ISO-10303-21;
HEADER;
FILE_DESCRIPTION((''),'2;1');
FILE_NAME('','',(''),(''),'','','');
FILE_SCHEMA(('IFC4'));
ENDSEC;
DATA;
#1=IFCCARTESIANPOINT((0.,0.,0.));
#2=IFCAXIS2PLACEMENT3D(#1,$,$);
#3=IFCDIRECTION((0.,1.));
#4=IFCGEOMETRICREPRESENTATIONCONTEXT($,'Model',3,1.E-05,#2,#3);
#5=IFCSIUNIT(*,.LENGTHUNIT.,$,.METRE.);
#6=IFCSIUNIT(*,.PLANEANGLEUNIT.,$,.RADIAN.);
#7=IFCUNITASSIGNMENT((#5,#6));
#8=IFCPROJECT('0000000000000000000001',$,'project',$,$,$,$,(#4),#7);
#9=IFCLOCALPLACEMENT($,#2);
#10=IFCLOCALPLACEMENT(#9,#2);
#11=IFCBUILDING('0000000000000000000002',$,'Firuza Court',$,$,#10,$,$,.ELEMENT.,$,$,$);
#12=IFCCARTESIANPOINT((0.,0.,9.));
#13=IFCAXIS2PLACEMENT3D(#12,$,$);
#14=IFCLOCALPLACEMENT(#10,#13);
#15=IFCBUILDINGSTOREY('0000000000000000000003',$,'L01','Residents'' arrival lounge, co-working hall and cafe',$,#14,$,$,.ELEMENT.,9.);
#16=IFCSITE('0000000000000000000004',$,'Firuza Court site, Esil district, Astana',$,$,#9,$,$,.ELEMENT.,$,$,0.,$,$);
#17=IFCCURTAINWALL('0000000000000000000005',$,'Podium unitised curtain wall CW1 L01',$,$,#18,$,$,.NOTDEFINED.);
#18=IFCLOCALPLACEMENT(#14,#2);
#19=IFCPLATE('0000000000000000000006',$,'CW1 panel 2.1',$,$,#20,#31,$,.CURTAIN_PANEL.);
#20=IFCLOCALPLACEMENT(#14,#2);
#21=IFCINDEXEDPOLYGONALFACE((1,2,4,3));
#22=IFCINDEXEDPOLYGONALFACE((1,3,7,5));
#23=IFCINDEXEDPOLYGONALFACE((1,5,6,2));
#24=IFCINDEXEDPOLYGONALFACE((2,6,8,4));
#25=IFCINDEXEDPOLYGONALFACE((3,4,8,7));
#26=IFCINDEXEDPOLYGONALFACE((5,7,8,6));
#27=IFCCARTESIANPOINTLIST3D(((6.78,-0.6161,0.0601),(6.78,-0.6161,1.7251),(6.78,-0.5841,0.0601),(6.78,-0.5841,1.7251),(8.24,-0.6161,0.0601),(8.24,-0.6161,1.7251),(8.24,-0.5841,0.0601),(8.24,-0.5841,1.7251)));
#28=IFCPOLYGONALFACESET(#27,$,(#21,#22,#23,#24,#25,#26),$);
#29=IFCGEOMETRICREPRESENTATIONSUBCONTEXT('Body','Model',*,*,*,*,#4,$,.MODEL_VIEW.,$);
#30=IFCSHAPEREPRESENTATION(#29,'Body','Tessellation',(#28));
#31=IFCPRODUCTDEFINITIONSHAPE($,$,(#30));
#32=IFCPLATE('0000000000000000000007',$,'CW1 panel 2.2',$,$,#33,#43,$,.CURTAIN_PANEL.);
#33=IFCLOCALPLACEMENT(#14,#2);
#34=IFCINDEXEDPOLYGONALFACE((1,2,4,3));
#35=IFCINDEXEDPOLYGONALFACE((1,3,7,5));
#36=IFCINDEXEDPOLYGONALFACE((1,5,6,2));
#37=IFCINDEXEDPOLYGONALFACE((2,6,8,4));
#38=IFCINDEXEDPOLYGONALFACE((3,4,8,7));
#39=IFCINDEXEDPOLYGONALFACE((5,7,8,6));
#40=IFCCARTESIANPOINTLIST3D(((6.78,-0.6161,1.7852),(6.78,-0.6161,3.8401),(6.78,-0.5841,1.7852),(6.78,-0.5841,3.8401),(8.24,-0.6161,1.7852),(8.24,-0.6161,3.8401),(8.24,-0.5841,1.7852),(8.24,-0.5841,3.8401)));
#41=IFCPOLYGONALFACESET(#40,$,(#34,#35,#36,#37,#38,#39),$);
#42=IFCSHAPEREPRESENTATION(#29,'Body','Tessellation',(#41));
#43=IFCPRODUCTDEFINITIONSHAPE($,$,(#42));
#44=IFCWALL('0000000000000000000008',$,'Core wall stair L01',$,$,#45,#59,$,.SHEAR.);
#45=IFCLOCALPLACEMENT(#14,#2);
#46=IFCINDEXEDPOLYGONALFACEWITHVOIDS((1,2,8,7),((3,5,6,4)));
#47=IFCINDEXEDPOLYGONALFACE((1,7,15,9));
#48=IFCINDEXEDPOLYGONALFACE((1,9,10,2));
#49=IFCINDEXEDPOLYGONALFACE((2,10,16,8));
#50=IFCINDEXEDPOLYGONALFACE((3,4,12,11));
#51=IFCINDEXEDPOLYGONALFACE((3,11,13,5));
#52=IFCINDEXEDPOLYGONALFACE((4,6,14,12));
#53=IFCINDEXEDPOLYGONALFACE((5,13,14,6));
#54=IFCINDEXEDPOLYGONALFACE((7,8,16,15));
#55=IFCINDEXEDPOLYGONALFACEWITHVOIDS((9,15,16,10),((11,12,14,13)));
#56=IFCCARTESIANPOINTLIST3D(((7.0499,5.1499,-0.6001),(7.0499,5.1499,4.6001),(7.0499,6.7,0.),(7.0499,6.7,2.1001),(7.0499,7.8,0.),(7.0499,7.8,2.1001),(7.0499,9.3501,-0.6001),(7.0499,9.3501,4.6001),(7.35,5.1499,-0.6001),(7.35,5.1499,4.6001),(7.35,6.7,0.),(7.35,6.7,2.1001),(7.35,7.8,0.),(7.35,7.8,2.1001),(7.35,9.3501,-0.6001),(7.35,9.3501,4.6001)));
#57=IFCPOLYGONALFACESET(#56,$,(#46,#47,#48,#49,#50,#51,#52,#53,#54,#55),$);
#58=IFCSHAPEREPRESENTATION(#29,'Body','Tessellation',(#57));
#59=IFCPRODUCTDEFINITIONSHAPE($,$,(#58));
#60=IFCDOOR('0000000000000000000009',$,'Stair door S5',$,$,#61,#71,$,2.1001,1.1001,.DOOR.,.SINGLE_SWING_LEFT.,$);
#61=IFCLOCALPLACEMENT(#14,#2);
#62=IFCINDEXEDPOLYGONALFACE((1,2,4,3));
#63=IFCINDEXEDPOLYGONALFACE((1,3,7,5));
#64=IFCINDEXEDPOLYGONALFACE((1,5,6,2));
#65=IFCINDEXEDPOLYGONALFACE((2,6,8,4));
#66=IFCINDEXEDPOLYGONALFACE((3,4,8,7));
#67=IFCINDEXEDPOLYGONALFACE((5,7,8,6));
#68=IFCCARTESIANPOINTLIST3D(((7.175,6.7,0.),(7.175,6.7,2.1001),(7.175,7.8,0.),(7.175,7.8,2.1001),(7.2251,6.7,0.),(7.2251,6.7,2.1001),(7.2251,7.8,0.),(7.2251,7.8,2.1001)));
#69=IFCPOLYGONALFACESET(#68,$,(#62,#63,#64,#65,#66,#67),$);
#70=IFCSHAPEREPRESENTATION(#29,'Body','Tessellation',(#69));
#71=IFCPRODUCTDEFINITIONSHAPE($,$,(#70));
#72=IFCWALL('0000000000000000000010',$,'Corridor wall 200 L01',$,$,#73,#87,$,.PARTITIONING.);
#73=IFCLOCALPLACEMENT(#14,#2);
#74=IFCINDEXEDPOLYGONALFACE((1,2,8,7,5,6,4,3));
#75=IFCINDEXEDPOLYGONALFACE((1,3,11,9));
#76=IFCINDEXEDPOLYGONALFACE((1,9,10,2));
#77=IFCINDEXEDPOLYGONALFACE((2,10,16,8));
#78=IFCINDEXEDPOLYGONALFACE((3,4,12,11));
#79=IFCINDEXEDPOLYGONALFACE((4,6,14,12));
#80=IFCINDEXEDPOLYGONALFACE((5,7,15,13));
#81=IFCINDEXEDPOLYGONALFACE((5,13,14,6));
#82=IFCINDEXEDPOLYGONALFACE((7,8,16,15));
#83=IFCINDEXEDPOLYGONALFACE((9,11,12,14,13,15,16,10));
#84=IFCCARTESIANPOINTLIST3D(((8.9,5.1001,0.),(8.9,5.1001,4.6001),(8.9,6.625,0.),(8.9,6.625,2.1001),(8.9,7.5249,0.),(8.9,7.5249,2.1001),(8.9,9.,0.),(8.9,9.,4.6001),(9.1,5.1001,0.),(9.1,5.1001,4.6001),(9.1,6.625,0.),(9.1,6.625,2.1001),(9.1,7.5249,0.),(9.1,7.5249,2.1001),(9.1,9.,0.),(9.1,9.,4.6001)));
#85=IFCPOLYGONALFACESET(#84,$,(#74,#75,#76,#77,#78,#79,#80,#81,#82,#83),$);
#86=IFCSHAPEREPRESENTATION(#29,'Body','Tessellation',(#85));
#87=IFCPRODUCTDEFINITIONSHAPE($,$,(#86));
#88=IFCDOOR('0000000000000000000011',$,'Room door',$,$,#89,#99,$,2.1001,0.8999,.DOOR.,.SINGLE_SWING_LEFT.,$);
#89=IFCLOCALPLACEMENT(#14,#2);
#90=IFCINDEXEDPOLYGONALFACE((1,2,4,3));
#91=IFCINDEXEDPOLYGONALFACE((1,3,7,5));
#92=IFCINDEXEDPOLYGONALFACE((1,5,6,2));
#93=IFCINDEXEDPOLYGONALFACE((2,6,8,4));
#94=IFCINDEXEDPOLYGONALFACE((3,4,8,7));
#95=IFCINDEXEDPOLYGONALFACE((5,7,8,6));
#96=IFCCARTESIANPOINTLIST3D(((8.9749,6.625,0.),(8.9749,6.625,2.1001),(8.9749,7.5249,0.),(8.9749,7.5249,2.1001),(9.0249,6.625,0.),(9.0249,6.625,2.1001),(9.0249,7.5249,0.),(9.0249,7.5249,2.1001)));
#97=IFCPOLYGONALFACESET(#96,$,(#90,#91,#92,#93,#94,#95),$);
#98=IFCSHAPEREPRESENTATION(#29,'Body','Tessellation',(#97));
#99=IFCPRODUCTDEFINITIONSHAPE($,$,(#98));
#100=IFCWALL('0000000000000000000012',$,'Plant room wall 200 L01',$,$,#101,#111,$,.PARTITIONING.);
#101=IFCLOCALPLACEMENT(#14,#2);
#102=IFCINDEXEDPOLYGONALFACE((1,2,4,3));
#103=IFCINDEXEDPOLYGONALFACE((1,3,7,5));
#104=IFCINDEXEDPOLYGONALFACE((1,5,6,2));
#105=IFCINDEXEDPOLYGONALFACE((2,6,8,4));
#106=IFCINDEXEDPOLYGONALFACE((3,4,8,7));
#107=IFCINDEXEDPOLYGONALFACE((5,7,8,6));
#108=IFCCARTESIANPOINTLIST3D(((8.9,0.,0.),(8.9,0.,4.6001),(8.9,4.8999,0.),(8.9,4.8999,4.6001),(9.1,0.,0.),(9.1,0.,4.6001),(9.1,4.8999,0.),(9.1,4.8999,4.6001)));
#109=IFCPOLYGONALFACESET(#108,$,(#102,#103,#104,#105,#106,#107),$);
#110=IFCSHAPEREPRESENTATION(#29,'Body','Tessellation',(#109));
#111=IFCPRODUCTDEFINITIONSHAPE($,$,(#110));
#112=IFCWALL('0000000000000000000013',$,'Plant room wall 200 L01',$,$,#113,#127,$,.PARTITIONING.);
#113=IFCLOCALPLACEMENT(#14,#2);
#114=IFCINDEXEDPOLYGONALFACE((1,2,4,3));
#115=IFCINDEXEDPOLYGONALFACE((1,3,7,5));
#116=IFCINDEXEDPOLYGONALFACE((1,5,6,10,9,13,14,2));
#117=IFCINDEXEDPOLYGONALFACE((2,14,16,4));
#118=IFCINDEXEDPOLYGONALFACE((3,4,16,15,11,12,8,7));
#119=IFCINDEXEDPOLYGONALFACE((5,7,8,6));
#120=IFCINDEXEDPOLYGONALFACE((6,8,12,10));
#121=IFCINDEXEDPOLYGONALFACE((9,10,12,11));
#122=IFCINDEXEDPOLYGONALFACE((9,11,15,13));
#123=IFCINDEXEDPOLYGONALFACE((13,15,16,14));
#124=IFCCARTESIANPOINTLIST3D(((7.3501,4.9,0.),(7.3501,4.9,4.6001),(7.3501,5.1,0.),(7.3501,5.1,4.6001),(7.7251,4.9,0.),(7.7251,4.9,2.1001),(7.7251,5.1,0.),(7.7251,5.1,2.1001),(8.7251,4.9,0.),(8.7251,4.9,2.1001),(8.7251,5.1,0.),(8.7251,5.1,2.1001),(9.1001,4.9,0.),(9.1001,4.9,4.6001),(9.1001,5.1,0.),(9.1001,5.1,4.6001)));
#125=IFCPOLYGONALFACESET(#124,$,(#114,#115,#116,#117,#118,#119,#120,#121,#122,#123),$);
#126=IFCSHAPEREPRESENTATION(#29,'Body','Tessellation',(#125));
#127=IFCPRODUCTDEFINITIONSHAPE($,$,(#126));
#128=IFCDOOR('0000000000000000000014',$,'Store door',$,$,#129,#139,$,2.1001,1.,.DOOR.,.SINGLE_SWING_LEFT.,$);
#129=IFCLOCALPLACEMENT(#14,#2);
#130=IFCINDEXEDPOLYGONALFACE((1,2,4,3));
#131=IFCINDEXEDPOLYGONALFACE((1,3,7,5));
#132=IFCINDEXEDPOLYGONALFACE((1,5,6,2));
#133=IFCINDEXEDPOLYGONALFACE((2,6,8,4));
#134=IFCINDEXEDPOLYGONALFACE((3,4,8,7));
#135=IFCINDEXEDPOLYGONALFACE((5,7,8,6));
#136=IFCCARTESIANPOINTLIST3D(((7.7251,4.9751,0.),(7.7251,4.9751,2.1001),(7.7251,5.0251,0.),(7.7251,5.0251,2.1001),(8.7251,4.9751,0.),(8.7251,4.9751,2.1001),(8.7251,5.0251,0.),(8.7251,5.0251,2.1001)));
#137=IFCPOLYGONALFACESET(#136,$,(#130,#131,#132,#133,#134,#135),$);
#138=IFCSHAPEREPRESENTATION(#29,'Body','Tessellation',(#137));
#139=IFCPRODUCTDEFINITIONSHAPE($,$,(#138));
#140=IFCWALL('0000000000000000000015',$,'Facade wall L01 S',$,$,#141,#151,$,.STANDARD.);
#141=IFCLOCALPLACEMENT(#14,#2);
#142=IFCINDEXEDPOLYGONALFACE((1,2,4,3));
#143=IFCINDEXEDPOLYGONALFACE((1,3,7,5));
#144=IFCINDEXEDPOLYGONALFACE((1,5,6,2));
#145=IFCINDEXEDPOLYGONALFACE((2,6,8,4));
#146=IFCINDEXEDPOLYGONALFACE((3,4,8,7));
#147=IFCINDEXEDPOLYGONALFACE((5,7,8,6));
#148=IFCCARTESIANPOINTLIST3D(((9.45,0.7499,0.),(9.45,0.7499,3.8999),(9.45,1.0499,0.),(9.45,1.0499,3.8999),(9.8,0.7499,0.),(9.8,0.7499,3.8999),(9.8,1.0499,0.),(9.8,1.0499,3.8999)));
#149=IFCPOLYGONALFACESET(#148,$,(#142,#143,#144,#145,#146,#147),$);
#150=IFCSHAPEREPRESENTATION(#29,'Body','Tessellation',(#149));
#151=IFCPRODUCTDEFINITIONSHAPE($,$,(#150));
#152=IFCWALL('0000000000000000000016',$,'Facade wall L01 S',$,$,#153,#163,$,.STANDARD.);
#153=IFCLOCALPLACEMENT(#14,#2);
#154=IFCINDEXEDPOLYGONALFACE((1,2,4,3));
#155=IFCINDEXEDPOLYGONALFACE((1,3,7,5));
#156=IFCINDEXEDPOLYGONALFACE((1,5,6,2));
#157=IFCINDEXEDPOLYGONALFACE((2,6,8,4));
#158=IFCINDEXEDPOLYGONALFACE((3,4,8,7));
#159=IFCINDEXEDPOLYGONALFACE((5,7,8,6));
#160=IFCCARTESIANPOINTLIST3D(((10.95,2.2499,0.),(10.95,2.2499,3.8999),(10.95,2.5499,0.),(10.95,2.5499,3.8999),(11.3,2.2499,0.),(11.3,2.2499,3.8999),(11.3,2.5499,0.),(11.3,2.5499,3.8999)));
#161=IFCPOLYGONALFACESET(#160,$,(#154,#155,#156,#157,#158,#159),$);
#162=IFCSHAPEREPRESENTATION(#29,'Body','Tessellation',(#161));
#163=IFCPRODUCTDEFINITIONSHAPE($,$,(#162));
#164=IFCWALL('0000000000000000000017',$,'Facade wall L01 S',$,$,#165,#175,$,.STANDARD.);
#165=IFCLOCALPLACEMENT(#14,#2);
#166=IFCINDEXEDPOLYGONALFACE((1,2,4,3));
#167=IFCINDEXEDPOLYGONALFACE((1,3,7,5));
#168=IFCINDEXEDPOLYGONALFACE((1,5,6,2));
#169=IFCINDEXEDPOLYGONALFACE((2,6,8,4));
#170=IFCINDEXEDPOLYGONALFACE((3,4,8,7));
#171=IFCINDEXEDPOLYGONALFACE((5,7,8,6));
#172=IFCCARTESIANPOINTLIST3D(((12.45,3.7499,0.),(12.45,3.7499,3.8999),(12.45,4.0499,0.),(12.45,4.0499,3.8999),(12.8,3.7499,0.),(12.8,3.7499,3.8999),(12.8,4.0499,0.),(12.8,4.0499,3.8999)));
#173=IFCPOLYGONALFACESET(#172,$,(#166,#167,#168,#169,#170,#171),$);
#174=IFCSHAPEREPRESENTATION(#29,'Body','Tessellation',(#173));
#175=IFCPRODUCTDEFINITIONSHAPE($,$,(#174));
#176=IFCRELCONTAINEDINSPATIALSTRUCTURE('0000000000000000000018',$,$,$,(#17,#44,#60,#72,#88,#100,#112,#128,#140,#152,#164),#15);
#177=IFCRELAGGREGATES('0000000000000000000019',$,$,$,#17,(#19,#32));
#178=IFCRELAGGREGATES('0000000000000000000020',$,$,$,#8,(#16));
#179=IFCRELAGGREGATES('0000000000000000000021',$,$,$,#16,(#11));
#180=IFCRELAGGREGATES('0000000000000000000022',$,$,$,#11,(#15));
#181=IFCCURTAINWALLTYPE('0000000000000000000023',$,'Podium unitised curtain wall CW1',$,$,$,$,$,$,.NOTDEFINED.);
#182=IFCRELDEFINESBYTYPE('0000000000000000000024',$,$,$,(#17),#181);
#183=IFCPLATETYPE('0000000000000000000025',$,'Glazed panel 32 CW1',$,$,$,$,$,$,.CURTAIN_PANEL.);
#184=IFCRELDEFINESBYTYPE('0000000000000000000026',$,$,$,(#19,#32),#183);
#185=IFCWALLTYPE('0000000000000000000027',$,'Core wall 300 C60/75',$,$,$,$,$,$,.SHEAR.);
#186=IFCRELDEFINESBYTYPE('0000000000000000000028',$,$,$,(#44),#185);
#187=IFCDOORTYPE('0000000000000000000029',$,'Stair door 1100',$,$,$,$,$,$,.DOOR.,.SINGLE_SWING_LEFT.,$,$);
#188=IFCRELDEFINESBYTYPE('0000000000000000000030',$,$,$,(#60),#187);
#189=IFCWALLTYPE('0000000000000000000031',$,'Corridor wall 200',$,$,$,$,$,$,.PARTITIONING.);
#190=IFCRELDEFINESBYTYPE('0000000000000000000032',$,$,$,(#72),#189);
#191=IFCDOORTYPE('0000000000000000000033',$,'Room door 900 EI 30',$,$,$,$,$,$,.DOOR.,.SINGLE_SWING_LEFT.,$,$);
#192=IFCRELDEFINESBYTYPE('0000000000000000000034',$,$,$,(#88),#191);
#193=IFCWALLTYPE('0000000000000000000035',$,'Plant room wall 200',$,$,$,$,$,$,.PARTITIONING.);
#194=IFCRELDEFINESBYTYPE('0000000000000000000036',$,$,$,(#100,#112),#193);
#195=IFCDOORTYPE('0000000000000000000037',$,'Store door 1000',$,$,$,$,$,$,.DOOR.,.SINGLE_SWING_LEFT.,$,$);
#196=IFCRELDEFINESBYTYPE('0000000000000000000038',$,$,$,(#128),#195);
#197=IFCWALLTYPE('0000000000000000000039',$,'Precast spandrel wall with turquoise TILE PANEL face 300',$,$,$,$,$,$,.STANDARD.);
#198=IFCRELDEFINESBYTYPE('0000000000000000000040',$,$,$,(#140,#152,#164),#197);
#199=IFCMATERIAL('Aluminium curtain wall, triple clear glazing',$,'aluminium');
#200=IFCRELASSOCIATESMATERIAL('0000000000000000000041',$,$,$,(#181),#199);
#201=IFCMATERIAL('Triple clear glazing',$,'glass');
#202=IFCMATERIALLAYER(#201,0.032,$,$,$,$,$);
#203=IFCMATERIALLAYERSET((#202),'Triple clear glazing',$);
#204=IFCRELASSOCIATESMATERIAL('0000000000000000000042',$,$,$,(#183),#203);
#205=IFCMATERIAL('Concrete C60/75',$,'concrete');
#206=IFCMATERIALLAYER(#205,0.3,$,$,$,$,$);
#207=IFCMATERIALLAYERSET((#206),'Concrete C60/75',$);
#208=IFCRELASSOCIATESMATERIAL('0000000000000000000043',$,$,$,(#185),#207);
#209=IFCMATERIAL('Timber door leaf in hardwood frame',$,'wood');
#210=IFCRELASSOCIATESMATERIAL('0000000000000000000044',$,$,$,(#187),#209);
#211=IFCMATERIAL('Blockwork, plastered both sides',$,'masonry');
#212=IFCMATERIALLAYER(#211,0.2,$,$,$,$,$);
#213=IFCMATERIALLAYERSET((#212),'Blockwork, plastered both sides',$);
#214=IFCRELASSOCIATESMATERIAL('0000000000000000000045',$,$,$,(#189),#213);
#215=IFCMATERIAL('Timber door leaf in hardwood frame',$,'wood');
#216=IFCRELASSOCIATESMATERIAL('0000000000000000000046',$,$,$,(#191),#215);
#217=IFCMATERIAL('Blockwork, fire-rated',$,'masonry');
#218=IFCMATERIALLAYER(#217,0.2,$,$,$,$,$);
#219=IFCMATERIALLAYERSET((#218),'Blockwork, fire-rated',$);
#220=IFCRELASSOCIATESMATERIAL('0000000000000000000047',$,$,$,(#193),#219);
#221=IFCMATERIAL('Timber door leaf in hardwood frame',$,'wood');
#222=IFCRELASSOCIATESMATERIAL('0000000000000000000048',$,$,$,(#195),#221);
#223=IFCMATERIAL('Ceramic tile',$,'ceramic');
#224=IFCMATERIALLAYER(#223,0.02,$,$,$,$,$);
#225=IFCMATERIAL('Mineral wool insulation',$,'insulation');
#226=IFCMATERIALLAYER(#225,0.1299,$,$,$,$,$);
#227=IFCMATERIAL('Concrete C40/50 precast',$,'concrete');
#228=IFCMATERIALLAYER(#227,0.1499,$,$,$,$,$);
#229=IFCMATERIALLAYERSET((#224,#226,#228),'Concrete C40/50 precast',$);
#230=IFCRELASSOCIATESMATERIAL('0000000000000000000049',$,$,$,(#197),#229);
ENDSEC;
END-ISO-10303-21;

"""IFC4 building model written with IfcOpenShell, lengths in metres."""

from ifc_helpers import new_model, si_unit, direction, frame, frame_2d, origin, origin_2d, place, context, subcontext, project, spatial, rectangle, extrude, material, layer, layer_set, type_object, element, fill, aggregate, save


model = new_model("IFC4")

# Units and contexts
model_context = context("Model", 3, precision=1e-05, world=origin(), true_north=direction((0.0, 1.0)))
body_context = subcontext(model_context, "Body", "Model", "MODEL_VIEW")
ifc_project = project(units=[si_unit("LENGTHUNIT", "METRE"), si_unit("PLANEANGLEUNIT", "RADIAN")], contexts=[model_context])

# Site, building, storey
site_placement = place(None, origin())
site = spatial("IfcSite", under=ifc_project, at=site_placement, Name="Firuza Court site, Esil district, Astana", CompositionType="ELEMENT", RefElevation=0.0)
building_placement = place(site_placement, origin())
building = spatial("IfcBuilding", under=site, at=building_placement, Name="Firuza Court", CompositionType="ELEMENT")
storey_placement = place(building_placement, frame((0.0, 0.0, 9.0)))
storey = spatial("IfcBuildingStorey", under=building, at=storey_placement, Name="L01", Description="Residents' arrival lounge, co-working hall and cafe", CompositionType="ELEMENT", Elevation=9.0)

# Curtain wall
ifc_material_1 = material(Name="Aluminium curtain wall, triple clear glazing", Category="aluminium")
curtain_wall_type = type_object("IfcCurtainWallType", Name="Podium unitised curtain wall CW1", PredefinedType="NOTDEFINED", material=ifc_material_1)
curtain_wall_placement = place(storey_placement, origin())
curtain_wall = element("IfcCurtainWall", 1, at=curtain_wall_placement, inside=storey, type_object=curtain_wall_type, Name="Podium unitised curtain wall CW1 L01", PredefinedType="NOTDEFINED")

# Plates
ifc_material_2 = material(Name="Triple clear glazing", Category="glass")
ifc_layer_1 = layer(ifc_material_2, 0.032)
ifc_layer_set_1 = layer_set([ifc_layer_1], Name="Triple clear glazing")
plate_type = type_object("IfcPlateType", Name="Glazed panel 32 CW1", PredefinedType="CURTAIN_PANEL", material=ifc_layer_set_1)
plate_1_placement = place(storey_placement, frame((7.51, -0.6001, 0.0601), z_axis=(0.0, 0.0, 1.0), x_axis=(1.0, 0.0, 0.0)))
plate_1 = element("IfcPlate", 2, at=plate_1_placement, type_object=plate_type, Name="CW1 panel 2.1", PredefinedType="CURTAIN_PANEL", context=body_context, shape_type="SweptSolid", body=[
    extrude(rectangle(XDim=1.46, YDim=0.032, at=origin_2d()), origin(), (0.0, 0.0, 1.0), 1.665),
])
plate_2_placement = place(storey_placement, frame((7.51, -0.6001, 1.7852), z_axis=(0.0, 0.0, 1.0), x_axis=(1.0, 0.0, 0.0)))
plate_2 = element("IfcPlate", 3, at=plate_2_placement, type_object=plate_type, Name="CW1 panel 2.2", PredefinedType="CURTAIN_PANEL", context=body_context, shape_type="SweptSolid", body=[
    extrude(rectangle(XDim=1.46, YDim=0.032, at=origin_2d()), origin(), (0.0, 0.0, 1.0), 2.0549),
])
aggregate(curtain_wall, [plate_1, plate_2])

# Walls, openings, doors
ifc_material_3 = material(Name="Concrete C60/75", Category="concrete")
ifc_layer_2 = layer(ifc_material_3, 0.3)
ifc_layer_set_2 = layer_set([ifc_layer_2], Name="Concrete C60/75")
wall_type_1 = type_object("IfcWallType", Name="Core wall 300 C60/75", PredefinedType="SHEAR", material=ifc_layer_set_2)
wall_1_placement = place(storey_placement, frame((7.2, 5.1499, -0.6001), z_axis=(0.0, 0.0, 1.0), x_axis=(0.0, 1.0, 0.0)))
wall_1 = element("IfcWall", 4, at=wall_1_placement, inside=storey, type_object=wall_type_1, Name="Core wall stair L01", PredefinedType="SHEAR", context=body_context, shape_type="SweptSolid", body=[
    extrude(rectangle(XDim=4.2002, YDim=0.3, at=frame_2d((2.1001, 0.0))), origin(), (0.0, 0.0, 1.0), 5.2002),
])
opening_1_placement = place(wall_1_placement, frame((1.55, 0.0, 0.6001)))
opening_1 = element("IfcOpeningElement", 5, at=opening_1_placement, cuts=wall_1, PredefinedType="OPENING", context=body_context, shape_type="SweptSolid", body=[
    extrude(rectangle(XDim=1.1001, YDim=2.1001, at=frame_2d((0.55, 1.05))), frame((0.0, 0.1621, 0.0), z_axis=(0.0, -1.0, 0.0), x_axis=(1.0, 0.0, 0.0)), (0.0, 0.0, 1.0), 0.324),
])
ifc_material_4 = material(Name="Timber door leaf in hardwood frame", Category="wood")
door_type_1 = type_object("IfcDoorType", Name="Stair door 1100", OperationType="SINGLE_SWING_LEFT", PredefinedType="DOOR", material=ifc_material_4)
door_1_placement = place(opening_1_placement, origin())
door_1 = element("IfcDoor", 6, at=door_1_placement, inside=storey, type_object=door_type_1, Name="Stair door S5", OperationType="SINGLE_SWING_LEFT", OverallHeight=2.1001, OverallWidth=1.1001, PredefinedType="DOOR", context=body_context, shape_type="SweptSolid", body=[
    extrude(rectangle(XDim=1.1001, YDim=2.1001, at=frame_2d((0.55, 1.05))), frame((0.0, 0.0249, 0.0), z_axis=(0.0, -1.0, 0.0), x_axis=(1.0, 0.0, 0.0)), (0.0, 0.0, 1.0), 0.05),
])
fill(opening_1, door_1)
ifc_material_5 = material(Name="Blockwork, plastered both sides", Category="masonry")
ifc_layer_3 = layer(ifc_material_5, 0.2)
ifc_layer_set_3 = layer_set([ifc_layer_3], Name="Blockwork, plastered both sides")
wall_type_2 = type_object("IfcWallType", Name="Corridor wall 200", PredefinedType="PARTITIONING", material=ifc_layer_set_3)
wall_2_placement = place(storey_placement, frame((9.0, 5.1001, 0.0), z_axis=(0.0, 0.0, 1.0), x_axis=(0.0, 1.0, 0.0)))
wall_2 = element("IfcWall", 7, at=wall_2_placement, inside=storey, type_object=wall_type_2, Name="Corridor wall 200 L01", PredefinedType="PARTITIONING", context=body_context, shape_type="SweptSolid", body=[
    extrude(rectangle(XDim=3.8999, YDim=0.2, at=frame_2d((1.95, 0.0))), origin(), (0.0, 0.0, 1.0), 4.6001),
])
opening_2_placement = place(wall_2_placement, frame((1.5249, 0.0, 0.0)))
opening_2 = element("IfcOpeningElement", 8, at=opening_2_placement, cuts=wall_2, PredefinedType="OPENING", context=body_context, shape_type="SweptSolid", body=[
    extrude(rectangle(XDim=0.8999, YDim=2.1001, at=frame_2d((0.45, 1.05))), frame((0.0, 0.1118, 0.0), z_axis=(0.0, -1.0, 0.0), x_axis=(1.0, 0.0, 0.0)), (0.0, 0.0, 1.0), 0.2239),
])
ifc_material_6 = material(Name="Timber door leaf in hardwood frame", Category="wood")
door_type_2 = type_object("IfcDoorType", Name="Room door 900 EI 30", OperationType="SINGLE_SWING_LEFT", PredefinedType="DOOR", material=ifc_material_6)
door_2_placement = place(opening_2_placement, frame((0.8999, 0.0, 0.0), z_axis=(0.0, 0.0, 1.0), x_axis=(-1.0, 0.0, 0.0)))
door_2 = element("IfcDoor", 9, at=door_2_placement, inside=storey, type_object=door_type_2, Name="Room door", OperationType="SINGLE_SWING_LEFT", OverallHeight=2.1001, OverallWidth=0.8999, PredefinedType="DOOR", context=body_context, shape_type="SweptSolid", body=[
    extrude(rectangle(XDim=0.8999, YDim=2.1001, at=frame_2d((0.45, 1.05))), frame((0.0, 0.0249, 0.0), z_axis=(0.0, -1.0, 0.0), x_axis=(1.0, 0.0, 0.0)), (0.0, 0.0, 1.0), 0.05),
])
fill(opening_2, door_2)

# Wall
ifc_material_7 = material(Name="Blockwork, fire-rated", Category="masonry")
ifc_layer_4 = layer(ifc_material_7, 0.2)
ifc_layer_set_4 = layer_set([ifc_layer_4], Name="Blockwork, fire-rated")
wall_type_3 = type_object("IfcWallType", Name="Plant room wall 200", PredefinedType="PARTITIONING", material=ifc_layer_set_4)
wall_3_placement = place(storey_placement, frame((9.0, 0.0, 0.0), z_axis=(0.0, 0.0, 1.0), x_axis=(0.0, 1.0, 0.0)))
element("IfcWall", 10, at=wall_3_placement, inside=storey, type_object=wall_type_3, Name="Plant room wall 200 L01", PredefinedType="PARTITIONING", context=body_context, shape_type="SweptSolid", body=[
    extrude(rectangle(XDim=4.8999, YDim=0.2, at=frame_2d((2.45, 0.0))), origin(), (0.0, 0.0, 1.0), 4.6001),
])

# Wall, opening, door
wall_4_placement = place(storey_placement, frame((7.3501, 5.0, 0.0), z_axis=(0.0, 0.0, 1.0), x_axis=(1.0, 0.0, 0.0)))
wall_4 = element("IfcWall", 11, at=wall_4_placement, inside=storey, type_object=wall_type_3, Name="Plant room wall 200 L01", PredefinedType="PARTITIONING", context=body_context, shape_type="SweptSolid", body=[
    extrude(rectangle(XDim=1.75, YDim=0.2, at=frame_2d((0.875, 0.0))), origin(), (0.0, 0.0, 1.0), 4.6001),
])
opening_3_placement = place(wall_4_placement, frame((0.375, 0.0, 0.0)))
opening_3 = element("IfcOpeningElement", 12, at=opening_3_placement, cuts=wall_4, PredefinedType="OPENING", context=body_context, shape_type="SweptSolid", body=[
    extrude(rectangle(XDim=1.0, YDim=2.1001, at=frame_2d((0.5, 1.05))), frame((0.0, 0.1118, 0.0), z_axis=(0.0, -1.0, 0.0), x_axis=(1.0, 0.0, 0.0)), (0.0, 0.0, 1.0), 0.2239),
])
ifc_material_8 = material(Name="Timber door leaf in hardwood frame", Category="wood")
door_type_3 = type_object("IfcDoorType", Name="Store door 1000", OperationType="SINGLE_SWING_LEFT", PredefinedType="DOOR", material=ifc_material_8)
door_3_placement = place(opening_3_placement, frame((1.0, 0.0, 0.0), z_axis=(0.0, 0.0, 1.0), x_axis=(-1.0, 0.0, 0.0)))
door_3 = element("IfcDoor", 13, at=door_3_placement, inside=storey, type_object=door_type_3, Name="Store door", OperationType="SINGLE_SWING_LEFT", OverallHeight=2.1001, OverallWidth=1.0, PredefinedType="DOOR", context=body_context, shape_type="SweptSolid", body=[
    extrude(rectangle(XDim=1.0, YDim=2.1001, at=frame_2d((0.5, 1.05))), frame((0.0, 0.0249, 0.0), z_axis=(0.0, -1.0, 0.0), x_axis=(1.0, 0.0, 0.0)), (0.0, 0.0, 1.0), 0.05),
])
fill(opening_3, door_3)

# Walls
ifc_material_9 = material(Name="Ceramic tile", Category="ceramic")
ifc_layer_5 = layer(ifc_material_9, 0.02)
ifc_material_10 = material(Name="Mineral wool insulation", Category="insulation")
ifc_layer_6 = layer(ifc_material_10, 0.1299)
ifc_material_11 = material(Name="Concrete C40/50 precast", Category="concrete")
ifc_layer_7 = layer(ifc_material_11, 0.1499)
ifc_layer_set_5 = layer_set([ifc_layer_5, ifc_layer_6, ifc_layer_7], Name="Concrete C40/50 precast")
wall_type_4 = type_object("IfcWallType", Name="Precast spandrel wall with turquoise TILE PANEL face 300", PredefinedType="STANDARD", material=ifc_layer_set_5)
for number, where, z_axis, x_axis, name in (
    (14, (9.45, 0.8999, 0.0), (0.0, 0.0, 1.0), (1.0, 0.0, 0.0), "Facade wall L01 S"),
    (15, (10.95, 2.3999, 0.0), (0.0, 0.0, 1.0), (1.0, 0.0, 0.0), "Facade wall L01 S"),
    (16, (12.45, 3.8999, 0.0), (0.0, 0.0, 1.0), (1.0, 0.0, 0.0), "Facade wall L01 S"),
):
    element("IfcWall", number, at=place(storey_placement, frame(where, z_axis=z_axis, x_axis=x_axis)), inside=storey, type_object=wall_type_4, Name=name, PredefinedType="STANDARD", context=body_context, shape_type="SweptSolid", body=[
        extrude(rectangle(XDim=0.3501, YDim=0.3, at=frame_2d((0.175, 0.0))), origin(), (0.0, 0.0, 1.0), 3.8999),
    ])

save(model, "model.ifc")
